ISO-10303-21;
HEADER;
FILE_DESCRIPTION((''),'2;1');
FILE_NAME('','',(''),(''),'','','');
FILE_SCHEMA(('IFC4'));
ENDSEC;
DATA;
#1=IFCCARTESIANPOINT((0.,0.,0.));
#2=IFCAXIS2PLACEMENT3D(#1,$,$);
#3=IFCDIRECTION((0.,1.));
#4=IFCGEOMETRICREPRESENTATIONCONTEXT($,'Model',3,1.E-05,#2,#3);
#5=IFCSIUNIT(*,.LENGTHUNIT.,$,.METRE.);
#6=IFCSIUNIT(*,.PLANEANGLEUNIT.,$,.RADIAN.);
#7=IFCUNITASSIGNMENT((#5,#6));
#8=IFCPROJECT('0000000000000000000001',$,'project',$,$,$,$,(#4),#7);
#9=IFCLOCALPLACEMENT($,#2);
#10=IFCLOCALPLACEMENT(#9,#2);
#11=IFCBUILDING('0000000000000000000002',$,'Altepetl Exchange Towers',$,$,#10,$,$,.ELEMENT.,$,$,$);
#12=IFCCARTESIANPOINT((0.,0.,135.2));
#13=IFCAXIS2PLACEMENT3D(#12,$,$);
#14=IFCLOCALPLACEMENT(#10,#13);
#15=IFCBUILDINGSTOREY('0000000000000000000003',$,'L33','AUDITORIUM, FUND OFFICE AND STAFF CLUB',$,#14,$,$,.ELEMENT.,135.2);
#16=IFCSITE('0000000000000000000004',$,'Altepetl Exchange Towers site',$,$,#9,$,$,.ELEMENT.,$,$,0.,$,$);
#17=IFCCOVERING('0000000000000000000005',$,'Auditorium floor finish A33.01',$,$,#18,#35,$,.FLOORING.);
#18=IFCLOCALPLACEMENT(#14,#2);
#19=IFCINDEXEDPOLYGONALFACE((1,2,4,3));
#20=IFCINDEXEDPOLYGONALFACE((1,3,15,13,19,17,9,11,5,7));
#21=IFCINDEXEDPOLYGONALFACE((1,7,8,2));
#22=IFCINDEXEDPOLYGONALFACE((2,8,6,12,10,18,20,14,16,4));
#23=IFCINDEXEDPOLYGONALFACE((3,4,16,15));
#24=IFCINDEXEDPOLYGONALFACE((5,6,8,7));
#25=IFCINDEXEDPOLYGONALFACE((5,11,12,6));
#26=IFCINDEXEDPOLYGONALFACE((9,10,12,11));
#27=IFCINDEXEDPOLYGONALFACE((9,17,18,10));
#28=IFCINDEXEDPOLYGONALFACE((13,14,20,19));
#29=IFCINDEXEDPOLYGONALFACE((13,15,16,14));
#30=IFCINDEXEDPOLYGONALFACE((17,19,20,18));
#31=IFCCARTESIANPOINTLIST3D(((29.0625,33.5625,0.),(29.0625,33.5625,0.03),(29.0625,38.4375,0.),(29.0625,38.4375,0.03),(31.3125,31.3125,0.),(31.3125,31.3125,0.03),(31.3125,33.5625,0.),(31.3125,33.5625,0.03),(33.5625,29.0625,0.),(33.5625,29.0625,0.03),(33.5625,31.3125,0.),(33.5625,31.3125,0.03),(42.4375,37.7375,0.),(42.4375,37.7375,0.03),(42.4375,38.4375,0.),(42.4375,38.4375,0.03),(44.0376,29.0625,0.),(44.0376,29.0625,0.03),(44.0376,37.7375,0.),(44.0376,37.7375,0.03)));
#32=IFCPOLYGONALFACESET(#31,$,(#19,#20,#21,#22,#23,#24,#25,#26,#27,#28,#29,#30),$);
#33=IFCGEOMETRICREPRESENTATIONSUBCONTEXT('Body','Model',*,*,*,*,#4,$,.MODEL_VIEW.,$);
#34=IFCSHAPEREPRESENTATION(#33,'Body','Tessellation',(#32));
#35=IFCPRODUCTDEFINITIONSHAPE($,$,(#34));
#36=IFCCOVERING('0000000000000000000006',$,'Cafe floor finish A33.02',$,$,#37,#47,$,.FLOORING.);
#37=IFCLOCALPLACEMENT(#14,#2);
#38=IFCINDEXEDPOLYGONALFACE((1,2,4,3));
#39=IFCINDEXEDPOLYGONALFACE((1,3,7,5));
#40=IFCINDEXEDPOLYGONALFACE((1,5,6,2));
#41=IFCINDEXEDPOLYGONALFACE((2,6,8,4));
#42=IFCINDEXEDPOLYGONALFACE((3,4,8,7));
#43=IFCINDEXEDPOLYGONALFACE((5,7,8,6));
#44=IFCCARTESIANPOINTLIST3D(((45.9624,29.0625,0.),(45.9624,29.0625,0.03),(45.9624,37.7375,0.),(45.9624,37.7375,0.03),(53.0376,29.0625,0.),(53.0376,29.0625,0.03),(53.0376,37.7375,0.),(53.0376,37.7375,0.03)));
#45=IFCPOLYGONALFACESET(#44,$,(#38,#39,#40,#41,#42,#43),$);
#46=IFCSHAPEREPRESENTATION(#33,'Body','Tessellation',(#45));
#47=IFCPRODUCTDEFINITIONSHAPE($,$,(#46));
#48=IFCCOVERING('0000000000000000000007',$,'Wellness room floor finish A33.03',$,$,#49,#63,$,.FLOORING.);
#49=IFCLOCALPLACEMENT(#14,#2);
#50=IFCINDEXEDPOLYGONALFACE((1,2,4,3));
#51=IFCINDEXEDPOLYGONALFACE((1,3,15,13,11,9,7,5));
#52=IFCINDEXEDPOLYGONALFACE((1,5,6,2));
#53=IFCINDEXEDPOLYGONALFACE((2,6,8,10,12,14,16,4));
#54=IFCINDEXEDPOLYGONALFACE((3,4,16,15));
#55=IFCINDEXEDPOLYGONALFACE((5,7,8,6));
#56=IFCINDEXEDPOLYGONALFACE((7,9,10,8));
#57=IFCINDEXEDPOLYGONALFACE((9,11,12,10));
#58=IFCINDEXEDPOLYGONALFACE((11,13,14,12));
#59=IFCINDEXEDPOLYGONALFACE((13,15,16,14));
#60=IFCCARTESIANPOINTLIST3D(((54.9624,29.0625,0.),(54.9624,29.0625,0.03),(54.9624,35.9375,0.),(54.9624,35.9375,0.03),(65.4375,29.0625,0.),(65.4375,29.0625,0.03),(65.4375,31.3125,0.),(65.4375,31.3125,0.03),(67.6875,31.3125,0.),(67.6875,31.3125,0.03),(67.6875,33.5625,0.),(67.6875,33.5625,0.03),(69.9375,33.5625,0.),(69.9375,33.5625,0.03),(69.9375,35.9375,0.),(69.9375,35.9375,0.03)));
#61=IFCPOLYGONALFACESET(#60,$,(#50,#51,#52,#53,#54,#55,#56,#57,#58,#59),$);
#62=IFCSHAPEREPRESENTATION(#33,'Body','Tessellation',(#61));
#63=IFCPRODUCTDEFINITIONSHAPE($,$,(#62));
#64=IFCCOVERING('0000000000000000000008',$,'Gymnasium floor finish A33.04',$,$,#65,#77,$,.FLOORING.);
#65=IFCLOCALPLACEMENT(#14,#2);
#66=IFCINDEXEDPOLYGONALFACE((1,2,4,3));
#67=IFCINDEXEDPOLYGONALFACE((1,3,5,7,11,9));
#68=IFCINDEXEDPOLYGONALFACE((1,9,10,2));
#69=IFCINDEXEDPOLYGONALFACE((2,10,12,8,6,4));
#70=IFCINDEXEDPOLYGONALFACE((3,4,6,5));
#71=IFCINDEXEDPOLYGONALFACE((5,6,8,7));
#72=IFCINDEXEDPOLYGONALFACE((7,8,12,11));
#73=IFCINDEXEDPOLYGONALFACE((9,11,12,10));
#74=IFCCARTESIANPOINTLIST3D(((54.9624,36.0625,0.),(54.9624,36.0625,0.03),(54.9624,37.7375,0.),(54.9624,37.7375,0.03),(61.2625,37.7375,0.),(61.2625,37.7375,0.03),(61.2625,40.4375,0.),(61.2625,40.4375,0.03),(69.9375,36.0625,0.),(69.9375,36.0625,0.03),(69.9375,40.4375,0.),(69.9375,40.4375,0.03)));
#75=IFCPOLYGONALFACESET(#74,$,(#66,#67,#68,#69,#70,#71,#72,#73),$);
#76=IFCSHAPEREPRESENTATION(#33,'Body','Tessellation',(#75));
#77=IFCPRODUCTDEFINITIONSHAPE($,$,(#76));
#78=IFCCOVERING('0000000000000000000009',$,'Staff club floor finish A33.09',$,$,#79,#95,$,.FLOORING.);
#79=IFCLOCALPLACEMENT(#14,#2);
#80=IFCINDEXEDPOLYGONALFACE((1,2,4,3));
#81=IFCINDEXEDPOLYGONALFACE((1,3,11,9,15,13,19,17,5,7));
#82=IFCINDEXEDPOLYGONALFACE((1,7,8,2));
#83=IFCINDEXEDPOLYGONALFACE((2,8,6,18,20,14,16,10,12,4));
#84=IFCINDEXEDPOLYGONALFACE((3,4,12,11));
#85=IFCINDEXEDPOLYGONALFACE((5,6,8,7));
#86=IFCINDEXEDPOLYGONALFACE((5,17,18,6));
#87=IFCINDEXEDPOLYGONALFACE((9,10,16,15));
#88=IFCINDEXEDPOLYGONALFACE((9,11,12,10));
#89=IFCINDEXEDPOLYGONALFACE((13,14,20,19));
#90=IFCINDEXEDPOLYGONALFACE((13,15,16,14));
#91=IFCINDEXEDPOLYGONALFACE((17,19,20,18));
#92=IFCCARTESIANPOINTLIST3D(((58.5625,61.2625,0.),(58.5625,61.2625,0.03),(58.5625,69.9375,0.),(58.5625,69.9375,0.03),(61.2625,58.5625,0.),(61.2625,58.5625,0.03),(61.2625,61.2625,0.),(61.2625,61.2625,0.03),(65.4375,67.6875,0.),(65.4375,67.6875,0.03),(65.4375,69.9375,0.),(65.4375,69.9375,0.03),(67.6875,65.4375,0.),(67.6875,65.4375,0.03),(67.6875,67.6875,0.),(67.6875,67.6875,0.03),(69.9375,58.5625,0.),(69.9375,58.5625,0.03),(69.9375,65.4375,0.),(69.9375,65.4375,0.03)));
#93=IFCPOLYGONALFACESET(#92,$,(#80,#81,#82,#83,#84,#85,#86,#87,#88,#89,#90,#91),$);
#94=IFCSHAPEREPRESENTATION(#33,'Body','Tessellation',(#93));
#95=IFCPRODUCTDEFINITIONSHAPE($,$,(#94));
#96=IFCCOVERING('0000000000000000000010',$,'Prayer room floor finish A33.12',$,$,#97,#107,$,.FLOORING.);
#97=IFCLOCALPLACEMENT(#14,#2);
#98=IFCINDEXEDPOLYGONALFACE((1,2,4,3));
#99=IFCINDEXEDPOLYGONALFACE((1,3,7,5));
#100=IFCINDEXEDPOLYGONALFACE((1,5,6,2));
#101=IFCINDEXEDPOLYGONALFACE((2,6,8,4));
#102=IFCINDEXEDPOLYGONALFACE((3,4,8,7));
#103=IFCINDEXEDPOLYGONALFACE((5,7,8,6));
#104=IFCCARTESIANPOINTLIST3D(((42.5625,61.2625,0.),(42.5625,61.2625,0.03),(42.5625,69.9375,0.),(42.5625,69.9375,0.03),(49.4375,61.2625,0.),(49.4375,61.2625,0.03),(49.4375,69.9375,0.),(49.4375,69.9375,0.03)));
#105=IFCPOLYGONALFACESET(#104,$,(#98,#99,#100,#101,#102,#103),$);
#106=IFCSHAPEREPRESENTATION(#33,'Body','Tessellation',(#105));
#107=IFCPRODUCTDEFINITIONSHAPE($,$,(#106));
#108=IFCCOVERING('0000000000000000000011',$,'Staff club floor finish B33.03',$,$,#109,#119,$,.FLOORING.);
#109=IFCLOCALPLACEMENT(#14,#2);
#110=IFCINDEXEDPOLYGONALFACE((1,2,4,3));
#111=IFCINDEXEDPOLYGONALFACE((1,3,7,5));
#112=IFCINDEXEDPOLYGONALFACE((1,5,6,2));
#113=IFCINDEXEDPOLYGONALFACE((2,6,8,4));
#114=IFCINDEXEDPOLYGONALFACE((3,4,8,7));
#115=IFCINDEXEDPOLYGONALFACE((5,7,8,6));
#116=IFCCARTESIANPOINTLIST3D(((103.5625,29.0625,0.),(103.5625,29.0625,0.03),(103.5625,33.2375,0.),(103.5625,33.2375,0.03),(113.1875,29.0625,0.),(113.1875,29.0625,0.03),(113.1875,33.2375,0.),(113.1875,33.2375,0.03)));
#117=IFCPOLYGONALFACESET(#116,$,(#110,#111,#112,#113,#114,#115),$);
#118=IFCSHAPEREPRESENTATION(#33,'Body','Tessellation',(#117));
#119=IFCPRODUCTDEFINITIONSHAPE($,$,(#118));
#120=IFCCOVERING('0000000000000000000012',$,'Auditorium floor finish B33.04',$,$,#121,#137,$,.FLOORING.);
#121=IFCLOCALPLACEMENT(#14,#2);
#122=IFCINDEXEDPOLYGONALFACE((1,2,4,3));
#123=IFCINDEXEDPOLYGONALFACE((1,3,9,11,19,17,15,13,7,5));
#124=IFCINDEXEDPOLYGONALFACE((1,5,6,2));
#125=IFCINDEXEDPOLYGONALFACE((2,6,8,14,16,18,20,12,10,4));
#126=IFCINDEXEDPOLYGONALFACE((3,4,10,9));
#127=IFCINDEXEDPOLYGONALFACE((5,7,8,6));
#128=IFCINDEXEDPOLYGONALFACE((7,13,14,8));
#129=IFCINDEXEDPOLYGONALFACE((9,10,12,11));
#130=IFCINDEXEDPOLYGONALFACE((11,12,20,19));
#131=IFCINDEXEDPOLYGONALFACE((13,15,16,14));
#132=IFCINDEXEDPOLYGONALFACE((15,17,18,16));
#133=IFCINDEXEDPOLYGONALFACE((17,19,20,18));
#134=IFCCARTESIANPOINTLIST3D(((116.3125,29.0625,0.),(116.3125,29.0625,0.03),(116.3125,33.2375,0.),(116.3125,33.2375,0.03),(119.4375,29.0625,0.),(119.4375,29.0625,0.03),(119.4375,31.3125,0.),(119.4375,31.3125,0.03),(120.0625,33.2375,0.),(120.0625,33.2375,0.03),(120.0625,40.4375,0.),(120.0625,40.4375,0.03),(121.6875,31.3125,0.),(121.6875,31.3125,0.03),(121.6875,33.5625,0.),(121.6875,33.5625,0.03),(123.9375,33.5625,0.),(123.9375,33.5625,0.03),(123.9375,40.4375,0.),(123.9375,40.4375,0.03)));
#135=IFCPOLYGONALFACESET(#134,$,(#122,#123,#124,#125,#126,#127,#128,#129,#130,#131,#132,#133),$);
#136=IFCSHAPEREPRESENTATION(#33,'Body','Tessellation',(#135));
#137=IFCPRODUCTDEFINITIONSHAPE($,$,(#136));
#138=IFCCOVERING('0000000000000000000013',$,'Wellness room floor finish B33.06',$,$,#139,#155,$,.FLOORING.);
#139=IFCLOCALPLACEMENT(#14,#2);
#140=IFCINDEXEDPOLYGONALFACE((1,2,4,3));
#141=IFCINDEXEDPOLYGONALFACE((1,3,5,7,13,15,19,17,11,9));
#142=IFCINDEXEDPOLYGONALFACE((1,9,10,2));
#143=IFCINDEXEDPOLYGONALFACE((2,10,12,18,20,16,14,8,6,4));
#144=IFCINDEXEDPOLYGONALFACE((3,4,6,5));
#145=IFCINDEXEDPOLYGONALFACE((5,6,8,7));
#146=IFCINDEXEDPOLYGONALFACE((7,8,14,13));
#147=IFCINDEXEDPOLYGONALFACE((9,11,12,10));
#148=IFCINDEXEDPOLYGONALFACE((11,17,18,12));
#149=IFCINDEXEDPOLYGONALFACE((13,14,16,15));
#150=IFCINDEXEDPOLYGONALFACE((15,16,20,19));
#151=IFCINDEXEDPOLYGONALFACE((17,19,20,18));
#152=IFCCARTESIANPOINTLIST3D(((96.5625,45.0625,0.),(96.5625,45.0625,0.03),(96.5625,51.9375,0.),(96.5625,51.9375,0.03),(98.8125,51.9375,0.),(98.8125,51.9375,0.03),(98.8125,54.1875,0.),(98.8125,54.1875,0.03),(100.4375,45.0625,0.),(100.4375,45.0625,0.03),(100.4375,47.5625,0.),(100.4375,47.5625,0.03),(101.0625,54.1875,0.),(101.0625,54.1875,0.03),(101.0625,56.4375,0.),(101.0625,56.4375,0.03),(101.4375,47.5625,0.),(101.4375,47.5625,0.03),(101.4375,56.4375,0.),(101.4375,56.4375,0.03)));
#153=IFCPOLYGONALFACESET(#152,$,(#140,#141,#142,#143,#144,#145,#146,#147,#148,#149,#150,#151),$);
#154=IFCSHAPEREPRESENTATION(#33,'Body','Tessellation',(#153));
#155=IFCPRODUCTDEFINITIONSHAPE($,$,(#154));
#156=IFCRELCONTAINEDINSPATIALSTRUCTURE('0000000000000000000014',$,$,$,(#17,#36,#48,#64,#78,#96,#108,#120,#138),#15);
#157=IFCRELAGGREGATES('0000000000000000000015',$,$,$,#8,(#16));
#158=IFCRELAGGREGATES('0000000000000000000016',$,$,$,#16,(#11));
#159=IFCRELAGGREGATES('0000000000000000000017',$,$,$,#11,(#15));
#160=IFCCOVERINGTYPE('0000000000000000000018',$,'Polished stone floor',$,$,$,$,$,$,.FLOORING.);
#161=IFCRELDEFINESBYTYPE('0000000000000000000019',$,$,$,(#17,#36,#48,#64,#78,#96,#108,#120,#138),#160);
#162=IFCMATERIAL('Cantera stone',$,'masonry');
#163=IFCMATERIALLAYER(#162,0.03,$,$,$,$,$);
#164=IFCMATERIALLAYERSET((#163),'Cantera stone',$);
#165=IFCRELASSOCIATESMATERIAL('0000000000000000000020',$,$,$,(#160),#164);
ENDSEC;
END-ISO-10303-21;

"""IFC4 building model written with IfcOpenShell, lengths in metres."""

from ifc_helpers import new_model, si_unit, direction, frame, origin, place, context, subcontext, project, spatial, polyline, outline, extrude, material, layer, layer_set, type_object, element, save


model = new_model("IFC4")

# Units and contexts
model_context = context("Model", 3, precision=1e-05, world=origin(), true_north=direction((0.0, 1.0)))
body_context = subcontext(model_context, "Body", "Model", "MODEL_VIEW")
ifc_project = project(units=[si_unit("LENGTHUNIT", "METRE"), si_unit("PLANEANGLEUNIT", "RADIAN")], contexts=[model_context])

# Site, building, storey
site_placement = place(None, origin())
site = spatial("IfcSite", under=ifc_project, at=site_placement, Name="Altepetl Exchange Towers site", CompositionType="ELEMENT", RefElevation=0.0)
building_placement = place(site_placement, origin())
building = spatial("IfcBuilding", under=site, at=building_placement, Name="Altepetl Exchange Towers", CompositionType="ELEMENT")
storey_placement = place(building_placement, frame((0.0, 0.0, 135.2)))
storey = spatial("IfcBuildingStorey", under=building, at=storey_placement, Name="L33", Description="AUDITORIUM, FUND OFFICE AND STAFF CLUB", CompositionType="ELEMENT", Elevation=135.2)

# Coverings
ifc_material_1 = material(Name="Cantera stone", Category="masonry")
ifc_layer_1 = layer(ifc_material_1, 0.03)
ifc_layer_set_1 = layer_set([ifc_layer_1], Name="Cantera stone")
covering_type_1 = type_object("IfcCoveringType", Name="Polished stone floor", PredefinedType="FLOORING", material=ifc_layer_set_1)
covering_1_placement = place(storey_placement, origin())
element("IfcCovering", 1, at=covering_1_placement, inside=storey, type_object=covering_type_1, Name="Auditorium floor finish A33.01", PredefinedType="FLOORING", context=body_context, shape_type="SweptSolid", body=[
    extrude(outline(polyline([(31.3125, 33.5625), (31.3125, 31.3125), (33.5625, 31.3125), (33.5625, 29.0625), (44.0376, 29.0625), (44.0376, 37.7375), (42.4375, 37.7375), (42.4375, 38.4375), (29.0625, 38.4375), (29.0625, 33.5625), (31.3125, 33.5625)])), origin(), (0.0, 0.0, 1.0), 0.03),
])
covering_2_placement = place(storey_placement, origin())
element("IfcCovering", 2, at=covering_2_placement, inside=storey, type_object=covering_type_1, Name="Cafe floor finish A33.02", PredefinedType="FLOORING", context=body_context, shape_type="SweptSolid", body=[
    extrude(outline(polyline([(45.9624, 37.7375), (45.9624, 29.0625), (53.0376, 29.0625), (53.0376, 37.7375), (45.9624, 37.7375)])), origin(), (0.0, 0.0, 1.0), 0.03),
])
covering_3_placement = place(storey_placement, origin())
element("IfcCovering", 3, at=covering_3_placement, inside=storey, type_object=covering_type_1, Name="Wellness room floor finish A33.03", PredefinedType="FLOORING", context=body_context, shape_type="SweptSolid", body=[
    extrude(outline(polyline([(69.9375, 35.9375), (54.9624, 35.9375), (54.9624, 29.0625), (65.4375, 29.0625), (65.4375, 31.3125), (67.6875, 31.3125), (67.6875, 33.5625), (69.9375, 33.5625), (69.9375, 35.9375)])), origin(), (0.0, 0.0, 1.0), 0.03),
])
covering_4_placement = place(storey_placement, origin())
element("IfcCovering", 4, at=covering_4_placement, inside=storey, type_object=covering_type_1, Name="Gymnasium floor finish A33.04", PredefinedType="FLOORING", context=body_context, shape_type="SweptSolid", body=[
    extrude(outline(polyline([(69.9375, 40.4375), (61.2625, 40.4375), (61.2625, 37.7375), (54.9624, 37.7375), (54.9624, 36.0625), (69.9375, 36.0625), (69.9375, 40.4375)])), origin(), (0.0, 0.0, 1.0), 0.03),
])
covering_5_placement = place(storey_placement, origin())
element("IfcCovering", 5, at=covering_5_placement, inside=storey, type_object=covering_type_1, Name="Staff club floor finish A33.09", PredefinedType="FLOORING", context=body_context, shape_type="SweptSolid", body=[
    extrude(outline(polyline([(61.2625, 58.5625), (69.9375, 58.5625), (69.9375, 65.4375), (67.6875, 65.4375), (67.6875, 67.6875), (65.4375, 67.6875), (65.4375, 69.9375), (58.5625, 69.9375), (58.5625, 61.2625), (61.2625, 61.2625), (61.2625, 58.5625)])), origin(), (0.0, 0.0, 1.0), 0.03),
])
covering_6_placement = place(storey_placement, origin())
element("IfcCovering", 6, at=covering_6_placement, inside=storey, type_object=covering_type_1, Name="Prayer room floor finish A33.12", PredefinedType="FLOORING", context=body_context, shape_type="SweptSolid", body=[
    extrude(outline(polyline([(49.4375, 61.2625), (49.4375, 69.9375), (42.5625, 69.9375), (42.5625, 61.2625), (49.4375, 61.2625)])), origin(), (0.0, 0.0, 1.0), 0.03),
])
covering_7_placement = place(storey_placement, origin())
element("IfcCovering", 7, at=covering_7_placement, inside=storey, type_object=covering_type_1, Name="Staff club floor finish B33.03", PredefinedType="FLOORING", context=body_context, shape_type="SweptSolid", body=[
    extrude(outline(polyline([(113.1875, 33.2375), (103.5625, 33.2375), (103.5625, 29.0625), (113.1875, 29.0625), (113.1875, 33.2375)])), origin(), (0.0, 0.0, 1.0), 0.03),
])
covering_8_placement = place(storey_placement, origin())
element("IfcCovering", 8, at=covering_8_placement, inside=storey, type_object=covering_type_1, Name="Auditorium floor finish B33.04", PredefinedType="FLOORING", context=body_context, shape_type="SweptSolid", body=[
    extrude(outline(polyline([(121.6875, 33.5625), (123.9375, 33.5625), (123.9375, 40.4375), (120.0625, 40.4375), (120.0625, 33.2375), (116.3125, 33.2375), (116.3125, 29.0625), (119.4375, 29.0625), (119.4375, 31.3125), (121.6875, 31.3125), (121.6875, 33.5625)])), origin(), (0.0, 0.0, 1.0), 0.03),
])
covering_9_placement = place(storey_placement, origin())
element("IfcCovering", 9, at=covering_9_placement, inside=storey, type_object=covering_type_1, Name="Wellness room floor finish B33.06", PredefinedType="FLOORING", context=body_context, shape_type="SweptSolid", body=[
    extrude(outline(polyline([(101.0625, 56.4375), (101.0625, 54.1875), (98.8125, 54.1875), (98.8125, 51.9375), (96.5625, 51.9375), (96.5625, 45.0625), (100.4375, 45.0625), (100.4375, 47.5625), (101.4375, 47.5625), (101.4375, 56.4375), (101.0625, 56.4375)])), origin(), (0.0, 0.0, 1.0), 0.03),
])

save(model, "model.ifc")
